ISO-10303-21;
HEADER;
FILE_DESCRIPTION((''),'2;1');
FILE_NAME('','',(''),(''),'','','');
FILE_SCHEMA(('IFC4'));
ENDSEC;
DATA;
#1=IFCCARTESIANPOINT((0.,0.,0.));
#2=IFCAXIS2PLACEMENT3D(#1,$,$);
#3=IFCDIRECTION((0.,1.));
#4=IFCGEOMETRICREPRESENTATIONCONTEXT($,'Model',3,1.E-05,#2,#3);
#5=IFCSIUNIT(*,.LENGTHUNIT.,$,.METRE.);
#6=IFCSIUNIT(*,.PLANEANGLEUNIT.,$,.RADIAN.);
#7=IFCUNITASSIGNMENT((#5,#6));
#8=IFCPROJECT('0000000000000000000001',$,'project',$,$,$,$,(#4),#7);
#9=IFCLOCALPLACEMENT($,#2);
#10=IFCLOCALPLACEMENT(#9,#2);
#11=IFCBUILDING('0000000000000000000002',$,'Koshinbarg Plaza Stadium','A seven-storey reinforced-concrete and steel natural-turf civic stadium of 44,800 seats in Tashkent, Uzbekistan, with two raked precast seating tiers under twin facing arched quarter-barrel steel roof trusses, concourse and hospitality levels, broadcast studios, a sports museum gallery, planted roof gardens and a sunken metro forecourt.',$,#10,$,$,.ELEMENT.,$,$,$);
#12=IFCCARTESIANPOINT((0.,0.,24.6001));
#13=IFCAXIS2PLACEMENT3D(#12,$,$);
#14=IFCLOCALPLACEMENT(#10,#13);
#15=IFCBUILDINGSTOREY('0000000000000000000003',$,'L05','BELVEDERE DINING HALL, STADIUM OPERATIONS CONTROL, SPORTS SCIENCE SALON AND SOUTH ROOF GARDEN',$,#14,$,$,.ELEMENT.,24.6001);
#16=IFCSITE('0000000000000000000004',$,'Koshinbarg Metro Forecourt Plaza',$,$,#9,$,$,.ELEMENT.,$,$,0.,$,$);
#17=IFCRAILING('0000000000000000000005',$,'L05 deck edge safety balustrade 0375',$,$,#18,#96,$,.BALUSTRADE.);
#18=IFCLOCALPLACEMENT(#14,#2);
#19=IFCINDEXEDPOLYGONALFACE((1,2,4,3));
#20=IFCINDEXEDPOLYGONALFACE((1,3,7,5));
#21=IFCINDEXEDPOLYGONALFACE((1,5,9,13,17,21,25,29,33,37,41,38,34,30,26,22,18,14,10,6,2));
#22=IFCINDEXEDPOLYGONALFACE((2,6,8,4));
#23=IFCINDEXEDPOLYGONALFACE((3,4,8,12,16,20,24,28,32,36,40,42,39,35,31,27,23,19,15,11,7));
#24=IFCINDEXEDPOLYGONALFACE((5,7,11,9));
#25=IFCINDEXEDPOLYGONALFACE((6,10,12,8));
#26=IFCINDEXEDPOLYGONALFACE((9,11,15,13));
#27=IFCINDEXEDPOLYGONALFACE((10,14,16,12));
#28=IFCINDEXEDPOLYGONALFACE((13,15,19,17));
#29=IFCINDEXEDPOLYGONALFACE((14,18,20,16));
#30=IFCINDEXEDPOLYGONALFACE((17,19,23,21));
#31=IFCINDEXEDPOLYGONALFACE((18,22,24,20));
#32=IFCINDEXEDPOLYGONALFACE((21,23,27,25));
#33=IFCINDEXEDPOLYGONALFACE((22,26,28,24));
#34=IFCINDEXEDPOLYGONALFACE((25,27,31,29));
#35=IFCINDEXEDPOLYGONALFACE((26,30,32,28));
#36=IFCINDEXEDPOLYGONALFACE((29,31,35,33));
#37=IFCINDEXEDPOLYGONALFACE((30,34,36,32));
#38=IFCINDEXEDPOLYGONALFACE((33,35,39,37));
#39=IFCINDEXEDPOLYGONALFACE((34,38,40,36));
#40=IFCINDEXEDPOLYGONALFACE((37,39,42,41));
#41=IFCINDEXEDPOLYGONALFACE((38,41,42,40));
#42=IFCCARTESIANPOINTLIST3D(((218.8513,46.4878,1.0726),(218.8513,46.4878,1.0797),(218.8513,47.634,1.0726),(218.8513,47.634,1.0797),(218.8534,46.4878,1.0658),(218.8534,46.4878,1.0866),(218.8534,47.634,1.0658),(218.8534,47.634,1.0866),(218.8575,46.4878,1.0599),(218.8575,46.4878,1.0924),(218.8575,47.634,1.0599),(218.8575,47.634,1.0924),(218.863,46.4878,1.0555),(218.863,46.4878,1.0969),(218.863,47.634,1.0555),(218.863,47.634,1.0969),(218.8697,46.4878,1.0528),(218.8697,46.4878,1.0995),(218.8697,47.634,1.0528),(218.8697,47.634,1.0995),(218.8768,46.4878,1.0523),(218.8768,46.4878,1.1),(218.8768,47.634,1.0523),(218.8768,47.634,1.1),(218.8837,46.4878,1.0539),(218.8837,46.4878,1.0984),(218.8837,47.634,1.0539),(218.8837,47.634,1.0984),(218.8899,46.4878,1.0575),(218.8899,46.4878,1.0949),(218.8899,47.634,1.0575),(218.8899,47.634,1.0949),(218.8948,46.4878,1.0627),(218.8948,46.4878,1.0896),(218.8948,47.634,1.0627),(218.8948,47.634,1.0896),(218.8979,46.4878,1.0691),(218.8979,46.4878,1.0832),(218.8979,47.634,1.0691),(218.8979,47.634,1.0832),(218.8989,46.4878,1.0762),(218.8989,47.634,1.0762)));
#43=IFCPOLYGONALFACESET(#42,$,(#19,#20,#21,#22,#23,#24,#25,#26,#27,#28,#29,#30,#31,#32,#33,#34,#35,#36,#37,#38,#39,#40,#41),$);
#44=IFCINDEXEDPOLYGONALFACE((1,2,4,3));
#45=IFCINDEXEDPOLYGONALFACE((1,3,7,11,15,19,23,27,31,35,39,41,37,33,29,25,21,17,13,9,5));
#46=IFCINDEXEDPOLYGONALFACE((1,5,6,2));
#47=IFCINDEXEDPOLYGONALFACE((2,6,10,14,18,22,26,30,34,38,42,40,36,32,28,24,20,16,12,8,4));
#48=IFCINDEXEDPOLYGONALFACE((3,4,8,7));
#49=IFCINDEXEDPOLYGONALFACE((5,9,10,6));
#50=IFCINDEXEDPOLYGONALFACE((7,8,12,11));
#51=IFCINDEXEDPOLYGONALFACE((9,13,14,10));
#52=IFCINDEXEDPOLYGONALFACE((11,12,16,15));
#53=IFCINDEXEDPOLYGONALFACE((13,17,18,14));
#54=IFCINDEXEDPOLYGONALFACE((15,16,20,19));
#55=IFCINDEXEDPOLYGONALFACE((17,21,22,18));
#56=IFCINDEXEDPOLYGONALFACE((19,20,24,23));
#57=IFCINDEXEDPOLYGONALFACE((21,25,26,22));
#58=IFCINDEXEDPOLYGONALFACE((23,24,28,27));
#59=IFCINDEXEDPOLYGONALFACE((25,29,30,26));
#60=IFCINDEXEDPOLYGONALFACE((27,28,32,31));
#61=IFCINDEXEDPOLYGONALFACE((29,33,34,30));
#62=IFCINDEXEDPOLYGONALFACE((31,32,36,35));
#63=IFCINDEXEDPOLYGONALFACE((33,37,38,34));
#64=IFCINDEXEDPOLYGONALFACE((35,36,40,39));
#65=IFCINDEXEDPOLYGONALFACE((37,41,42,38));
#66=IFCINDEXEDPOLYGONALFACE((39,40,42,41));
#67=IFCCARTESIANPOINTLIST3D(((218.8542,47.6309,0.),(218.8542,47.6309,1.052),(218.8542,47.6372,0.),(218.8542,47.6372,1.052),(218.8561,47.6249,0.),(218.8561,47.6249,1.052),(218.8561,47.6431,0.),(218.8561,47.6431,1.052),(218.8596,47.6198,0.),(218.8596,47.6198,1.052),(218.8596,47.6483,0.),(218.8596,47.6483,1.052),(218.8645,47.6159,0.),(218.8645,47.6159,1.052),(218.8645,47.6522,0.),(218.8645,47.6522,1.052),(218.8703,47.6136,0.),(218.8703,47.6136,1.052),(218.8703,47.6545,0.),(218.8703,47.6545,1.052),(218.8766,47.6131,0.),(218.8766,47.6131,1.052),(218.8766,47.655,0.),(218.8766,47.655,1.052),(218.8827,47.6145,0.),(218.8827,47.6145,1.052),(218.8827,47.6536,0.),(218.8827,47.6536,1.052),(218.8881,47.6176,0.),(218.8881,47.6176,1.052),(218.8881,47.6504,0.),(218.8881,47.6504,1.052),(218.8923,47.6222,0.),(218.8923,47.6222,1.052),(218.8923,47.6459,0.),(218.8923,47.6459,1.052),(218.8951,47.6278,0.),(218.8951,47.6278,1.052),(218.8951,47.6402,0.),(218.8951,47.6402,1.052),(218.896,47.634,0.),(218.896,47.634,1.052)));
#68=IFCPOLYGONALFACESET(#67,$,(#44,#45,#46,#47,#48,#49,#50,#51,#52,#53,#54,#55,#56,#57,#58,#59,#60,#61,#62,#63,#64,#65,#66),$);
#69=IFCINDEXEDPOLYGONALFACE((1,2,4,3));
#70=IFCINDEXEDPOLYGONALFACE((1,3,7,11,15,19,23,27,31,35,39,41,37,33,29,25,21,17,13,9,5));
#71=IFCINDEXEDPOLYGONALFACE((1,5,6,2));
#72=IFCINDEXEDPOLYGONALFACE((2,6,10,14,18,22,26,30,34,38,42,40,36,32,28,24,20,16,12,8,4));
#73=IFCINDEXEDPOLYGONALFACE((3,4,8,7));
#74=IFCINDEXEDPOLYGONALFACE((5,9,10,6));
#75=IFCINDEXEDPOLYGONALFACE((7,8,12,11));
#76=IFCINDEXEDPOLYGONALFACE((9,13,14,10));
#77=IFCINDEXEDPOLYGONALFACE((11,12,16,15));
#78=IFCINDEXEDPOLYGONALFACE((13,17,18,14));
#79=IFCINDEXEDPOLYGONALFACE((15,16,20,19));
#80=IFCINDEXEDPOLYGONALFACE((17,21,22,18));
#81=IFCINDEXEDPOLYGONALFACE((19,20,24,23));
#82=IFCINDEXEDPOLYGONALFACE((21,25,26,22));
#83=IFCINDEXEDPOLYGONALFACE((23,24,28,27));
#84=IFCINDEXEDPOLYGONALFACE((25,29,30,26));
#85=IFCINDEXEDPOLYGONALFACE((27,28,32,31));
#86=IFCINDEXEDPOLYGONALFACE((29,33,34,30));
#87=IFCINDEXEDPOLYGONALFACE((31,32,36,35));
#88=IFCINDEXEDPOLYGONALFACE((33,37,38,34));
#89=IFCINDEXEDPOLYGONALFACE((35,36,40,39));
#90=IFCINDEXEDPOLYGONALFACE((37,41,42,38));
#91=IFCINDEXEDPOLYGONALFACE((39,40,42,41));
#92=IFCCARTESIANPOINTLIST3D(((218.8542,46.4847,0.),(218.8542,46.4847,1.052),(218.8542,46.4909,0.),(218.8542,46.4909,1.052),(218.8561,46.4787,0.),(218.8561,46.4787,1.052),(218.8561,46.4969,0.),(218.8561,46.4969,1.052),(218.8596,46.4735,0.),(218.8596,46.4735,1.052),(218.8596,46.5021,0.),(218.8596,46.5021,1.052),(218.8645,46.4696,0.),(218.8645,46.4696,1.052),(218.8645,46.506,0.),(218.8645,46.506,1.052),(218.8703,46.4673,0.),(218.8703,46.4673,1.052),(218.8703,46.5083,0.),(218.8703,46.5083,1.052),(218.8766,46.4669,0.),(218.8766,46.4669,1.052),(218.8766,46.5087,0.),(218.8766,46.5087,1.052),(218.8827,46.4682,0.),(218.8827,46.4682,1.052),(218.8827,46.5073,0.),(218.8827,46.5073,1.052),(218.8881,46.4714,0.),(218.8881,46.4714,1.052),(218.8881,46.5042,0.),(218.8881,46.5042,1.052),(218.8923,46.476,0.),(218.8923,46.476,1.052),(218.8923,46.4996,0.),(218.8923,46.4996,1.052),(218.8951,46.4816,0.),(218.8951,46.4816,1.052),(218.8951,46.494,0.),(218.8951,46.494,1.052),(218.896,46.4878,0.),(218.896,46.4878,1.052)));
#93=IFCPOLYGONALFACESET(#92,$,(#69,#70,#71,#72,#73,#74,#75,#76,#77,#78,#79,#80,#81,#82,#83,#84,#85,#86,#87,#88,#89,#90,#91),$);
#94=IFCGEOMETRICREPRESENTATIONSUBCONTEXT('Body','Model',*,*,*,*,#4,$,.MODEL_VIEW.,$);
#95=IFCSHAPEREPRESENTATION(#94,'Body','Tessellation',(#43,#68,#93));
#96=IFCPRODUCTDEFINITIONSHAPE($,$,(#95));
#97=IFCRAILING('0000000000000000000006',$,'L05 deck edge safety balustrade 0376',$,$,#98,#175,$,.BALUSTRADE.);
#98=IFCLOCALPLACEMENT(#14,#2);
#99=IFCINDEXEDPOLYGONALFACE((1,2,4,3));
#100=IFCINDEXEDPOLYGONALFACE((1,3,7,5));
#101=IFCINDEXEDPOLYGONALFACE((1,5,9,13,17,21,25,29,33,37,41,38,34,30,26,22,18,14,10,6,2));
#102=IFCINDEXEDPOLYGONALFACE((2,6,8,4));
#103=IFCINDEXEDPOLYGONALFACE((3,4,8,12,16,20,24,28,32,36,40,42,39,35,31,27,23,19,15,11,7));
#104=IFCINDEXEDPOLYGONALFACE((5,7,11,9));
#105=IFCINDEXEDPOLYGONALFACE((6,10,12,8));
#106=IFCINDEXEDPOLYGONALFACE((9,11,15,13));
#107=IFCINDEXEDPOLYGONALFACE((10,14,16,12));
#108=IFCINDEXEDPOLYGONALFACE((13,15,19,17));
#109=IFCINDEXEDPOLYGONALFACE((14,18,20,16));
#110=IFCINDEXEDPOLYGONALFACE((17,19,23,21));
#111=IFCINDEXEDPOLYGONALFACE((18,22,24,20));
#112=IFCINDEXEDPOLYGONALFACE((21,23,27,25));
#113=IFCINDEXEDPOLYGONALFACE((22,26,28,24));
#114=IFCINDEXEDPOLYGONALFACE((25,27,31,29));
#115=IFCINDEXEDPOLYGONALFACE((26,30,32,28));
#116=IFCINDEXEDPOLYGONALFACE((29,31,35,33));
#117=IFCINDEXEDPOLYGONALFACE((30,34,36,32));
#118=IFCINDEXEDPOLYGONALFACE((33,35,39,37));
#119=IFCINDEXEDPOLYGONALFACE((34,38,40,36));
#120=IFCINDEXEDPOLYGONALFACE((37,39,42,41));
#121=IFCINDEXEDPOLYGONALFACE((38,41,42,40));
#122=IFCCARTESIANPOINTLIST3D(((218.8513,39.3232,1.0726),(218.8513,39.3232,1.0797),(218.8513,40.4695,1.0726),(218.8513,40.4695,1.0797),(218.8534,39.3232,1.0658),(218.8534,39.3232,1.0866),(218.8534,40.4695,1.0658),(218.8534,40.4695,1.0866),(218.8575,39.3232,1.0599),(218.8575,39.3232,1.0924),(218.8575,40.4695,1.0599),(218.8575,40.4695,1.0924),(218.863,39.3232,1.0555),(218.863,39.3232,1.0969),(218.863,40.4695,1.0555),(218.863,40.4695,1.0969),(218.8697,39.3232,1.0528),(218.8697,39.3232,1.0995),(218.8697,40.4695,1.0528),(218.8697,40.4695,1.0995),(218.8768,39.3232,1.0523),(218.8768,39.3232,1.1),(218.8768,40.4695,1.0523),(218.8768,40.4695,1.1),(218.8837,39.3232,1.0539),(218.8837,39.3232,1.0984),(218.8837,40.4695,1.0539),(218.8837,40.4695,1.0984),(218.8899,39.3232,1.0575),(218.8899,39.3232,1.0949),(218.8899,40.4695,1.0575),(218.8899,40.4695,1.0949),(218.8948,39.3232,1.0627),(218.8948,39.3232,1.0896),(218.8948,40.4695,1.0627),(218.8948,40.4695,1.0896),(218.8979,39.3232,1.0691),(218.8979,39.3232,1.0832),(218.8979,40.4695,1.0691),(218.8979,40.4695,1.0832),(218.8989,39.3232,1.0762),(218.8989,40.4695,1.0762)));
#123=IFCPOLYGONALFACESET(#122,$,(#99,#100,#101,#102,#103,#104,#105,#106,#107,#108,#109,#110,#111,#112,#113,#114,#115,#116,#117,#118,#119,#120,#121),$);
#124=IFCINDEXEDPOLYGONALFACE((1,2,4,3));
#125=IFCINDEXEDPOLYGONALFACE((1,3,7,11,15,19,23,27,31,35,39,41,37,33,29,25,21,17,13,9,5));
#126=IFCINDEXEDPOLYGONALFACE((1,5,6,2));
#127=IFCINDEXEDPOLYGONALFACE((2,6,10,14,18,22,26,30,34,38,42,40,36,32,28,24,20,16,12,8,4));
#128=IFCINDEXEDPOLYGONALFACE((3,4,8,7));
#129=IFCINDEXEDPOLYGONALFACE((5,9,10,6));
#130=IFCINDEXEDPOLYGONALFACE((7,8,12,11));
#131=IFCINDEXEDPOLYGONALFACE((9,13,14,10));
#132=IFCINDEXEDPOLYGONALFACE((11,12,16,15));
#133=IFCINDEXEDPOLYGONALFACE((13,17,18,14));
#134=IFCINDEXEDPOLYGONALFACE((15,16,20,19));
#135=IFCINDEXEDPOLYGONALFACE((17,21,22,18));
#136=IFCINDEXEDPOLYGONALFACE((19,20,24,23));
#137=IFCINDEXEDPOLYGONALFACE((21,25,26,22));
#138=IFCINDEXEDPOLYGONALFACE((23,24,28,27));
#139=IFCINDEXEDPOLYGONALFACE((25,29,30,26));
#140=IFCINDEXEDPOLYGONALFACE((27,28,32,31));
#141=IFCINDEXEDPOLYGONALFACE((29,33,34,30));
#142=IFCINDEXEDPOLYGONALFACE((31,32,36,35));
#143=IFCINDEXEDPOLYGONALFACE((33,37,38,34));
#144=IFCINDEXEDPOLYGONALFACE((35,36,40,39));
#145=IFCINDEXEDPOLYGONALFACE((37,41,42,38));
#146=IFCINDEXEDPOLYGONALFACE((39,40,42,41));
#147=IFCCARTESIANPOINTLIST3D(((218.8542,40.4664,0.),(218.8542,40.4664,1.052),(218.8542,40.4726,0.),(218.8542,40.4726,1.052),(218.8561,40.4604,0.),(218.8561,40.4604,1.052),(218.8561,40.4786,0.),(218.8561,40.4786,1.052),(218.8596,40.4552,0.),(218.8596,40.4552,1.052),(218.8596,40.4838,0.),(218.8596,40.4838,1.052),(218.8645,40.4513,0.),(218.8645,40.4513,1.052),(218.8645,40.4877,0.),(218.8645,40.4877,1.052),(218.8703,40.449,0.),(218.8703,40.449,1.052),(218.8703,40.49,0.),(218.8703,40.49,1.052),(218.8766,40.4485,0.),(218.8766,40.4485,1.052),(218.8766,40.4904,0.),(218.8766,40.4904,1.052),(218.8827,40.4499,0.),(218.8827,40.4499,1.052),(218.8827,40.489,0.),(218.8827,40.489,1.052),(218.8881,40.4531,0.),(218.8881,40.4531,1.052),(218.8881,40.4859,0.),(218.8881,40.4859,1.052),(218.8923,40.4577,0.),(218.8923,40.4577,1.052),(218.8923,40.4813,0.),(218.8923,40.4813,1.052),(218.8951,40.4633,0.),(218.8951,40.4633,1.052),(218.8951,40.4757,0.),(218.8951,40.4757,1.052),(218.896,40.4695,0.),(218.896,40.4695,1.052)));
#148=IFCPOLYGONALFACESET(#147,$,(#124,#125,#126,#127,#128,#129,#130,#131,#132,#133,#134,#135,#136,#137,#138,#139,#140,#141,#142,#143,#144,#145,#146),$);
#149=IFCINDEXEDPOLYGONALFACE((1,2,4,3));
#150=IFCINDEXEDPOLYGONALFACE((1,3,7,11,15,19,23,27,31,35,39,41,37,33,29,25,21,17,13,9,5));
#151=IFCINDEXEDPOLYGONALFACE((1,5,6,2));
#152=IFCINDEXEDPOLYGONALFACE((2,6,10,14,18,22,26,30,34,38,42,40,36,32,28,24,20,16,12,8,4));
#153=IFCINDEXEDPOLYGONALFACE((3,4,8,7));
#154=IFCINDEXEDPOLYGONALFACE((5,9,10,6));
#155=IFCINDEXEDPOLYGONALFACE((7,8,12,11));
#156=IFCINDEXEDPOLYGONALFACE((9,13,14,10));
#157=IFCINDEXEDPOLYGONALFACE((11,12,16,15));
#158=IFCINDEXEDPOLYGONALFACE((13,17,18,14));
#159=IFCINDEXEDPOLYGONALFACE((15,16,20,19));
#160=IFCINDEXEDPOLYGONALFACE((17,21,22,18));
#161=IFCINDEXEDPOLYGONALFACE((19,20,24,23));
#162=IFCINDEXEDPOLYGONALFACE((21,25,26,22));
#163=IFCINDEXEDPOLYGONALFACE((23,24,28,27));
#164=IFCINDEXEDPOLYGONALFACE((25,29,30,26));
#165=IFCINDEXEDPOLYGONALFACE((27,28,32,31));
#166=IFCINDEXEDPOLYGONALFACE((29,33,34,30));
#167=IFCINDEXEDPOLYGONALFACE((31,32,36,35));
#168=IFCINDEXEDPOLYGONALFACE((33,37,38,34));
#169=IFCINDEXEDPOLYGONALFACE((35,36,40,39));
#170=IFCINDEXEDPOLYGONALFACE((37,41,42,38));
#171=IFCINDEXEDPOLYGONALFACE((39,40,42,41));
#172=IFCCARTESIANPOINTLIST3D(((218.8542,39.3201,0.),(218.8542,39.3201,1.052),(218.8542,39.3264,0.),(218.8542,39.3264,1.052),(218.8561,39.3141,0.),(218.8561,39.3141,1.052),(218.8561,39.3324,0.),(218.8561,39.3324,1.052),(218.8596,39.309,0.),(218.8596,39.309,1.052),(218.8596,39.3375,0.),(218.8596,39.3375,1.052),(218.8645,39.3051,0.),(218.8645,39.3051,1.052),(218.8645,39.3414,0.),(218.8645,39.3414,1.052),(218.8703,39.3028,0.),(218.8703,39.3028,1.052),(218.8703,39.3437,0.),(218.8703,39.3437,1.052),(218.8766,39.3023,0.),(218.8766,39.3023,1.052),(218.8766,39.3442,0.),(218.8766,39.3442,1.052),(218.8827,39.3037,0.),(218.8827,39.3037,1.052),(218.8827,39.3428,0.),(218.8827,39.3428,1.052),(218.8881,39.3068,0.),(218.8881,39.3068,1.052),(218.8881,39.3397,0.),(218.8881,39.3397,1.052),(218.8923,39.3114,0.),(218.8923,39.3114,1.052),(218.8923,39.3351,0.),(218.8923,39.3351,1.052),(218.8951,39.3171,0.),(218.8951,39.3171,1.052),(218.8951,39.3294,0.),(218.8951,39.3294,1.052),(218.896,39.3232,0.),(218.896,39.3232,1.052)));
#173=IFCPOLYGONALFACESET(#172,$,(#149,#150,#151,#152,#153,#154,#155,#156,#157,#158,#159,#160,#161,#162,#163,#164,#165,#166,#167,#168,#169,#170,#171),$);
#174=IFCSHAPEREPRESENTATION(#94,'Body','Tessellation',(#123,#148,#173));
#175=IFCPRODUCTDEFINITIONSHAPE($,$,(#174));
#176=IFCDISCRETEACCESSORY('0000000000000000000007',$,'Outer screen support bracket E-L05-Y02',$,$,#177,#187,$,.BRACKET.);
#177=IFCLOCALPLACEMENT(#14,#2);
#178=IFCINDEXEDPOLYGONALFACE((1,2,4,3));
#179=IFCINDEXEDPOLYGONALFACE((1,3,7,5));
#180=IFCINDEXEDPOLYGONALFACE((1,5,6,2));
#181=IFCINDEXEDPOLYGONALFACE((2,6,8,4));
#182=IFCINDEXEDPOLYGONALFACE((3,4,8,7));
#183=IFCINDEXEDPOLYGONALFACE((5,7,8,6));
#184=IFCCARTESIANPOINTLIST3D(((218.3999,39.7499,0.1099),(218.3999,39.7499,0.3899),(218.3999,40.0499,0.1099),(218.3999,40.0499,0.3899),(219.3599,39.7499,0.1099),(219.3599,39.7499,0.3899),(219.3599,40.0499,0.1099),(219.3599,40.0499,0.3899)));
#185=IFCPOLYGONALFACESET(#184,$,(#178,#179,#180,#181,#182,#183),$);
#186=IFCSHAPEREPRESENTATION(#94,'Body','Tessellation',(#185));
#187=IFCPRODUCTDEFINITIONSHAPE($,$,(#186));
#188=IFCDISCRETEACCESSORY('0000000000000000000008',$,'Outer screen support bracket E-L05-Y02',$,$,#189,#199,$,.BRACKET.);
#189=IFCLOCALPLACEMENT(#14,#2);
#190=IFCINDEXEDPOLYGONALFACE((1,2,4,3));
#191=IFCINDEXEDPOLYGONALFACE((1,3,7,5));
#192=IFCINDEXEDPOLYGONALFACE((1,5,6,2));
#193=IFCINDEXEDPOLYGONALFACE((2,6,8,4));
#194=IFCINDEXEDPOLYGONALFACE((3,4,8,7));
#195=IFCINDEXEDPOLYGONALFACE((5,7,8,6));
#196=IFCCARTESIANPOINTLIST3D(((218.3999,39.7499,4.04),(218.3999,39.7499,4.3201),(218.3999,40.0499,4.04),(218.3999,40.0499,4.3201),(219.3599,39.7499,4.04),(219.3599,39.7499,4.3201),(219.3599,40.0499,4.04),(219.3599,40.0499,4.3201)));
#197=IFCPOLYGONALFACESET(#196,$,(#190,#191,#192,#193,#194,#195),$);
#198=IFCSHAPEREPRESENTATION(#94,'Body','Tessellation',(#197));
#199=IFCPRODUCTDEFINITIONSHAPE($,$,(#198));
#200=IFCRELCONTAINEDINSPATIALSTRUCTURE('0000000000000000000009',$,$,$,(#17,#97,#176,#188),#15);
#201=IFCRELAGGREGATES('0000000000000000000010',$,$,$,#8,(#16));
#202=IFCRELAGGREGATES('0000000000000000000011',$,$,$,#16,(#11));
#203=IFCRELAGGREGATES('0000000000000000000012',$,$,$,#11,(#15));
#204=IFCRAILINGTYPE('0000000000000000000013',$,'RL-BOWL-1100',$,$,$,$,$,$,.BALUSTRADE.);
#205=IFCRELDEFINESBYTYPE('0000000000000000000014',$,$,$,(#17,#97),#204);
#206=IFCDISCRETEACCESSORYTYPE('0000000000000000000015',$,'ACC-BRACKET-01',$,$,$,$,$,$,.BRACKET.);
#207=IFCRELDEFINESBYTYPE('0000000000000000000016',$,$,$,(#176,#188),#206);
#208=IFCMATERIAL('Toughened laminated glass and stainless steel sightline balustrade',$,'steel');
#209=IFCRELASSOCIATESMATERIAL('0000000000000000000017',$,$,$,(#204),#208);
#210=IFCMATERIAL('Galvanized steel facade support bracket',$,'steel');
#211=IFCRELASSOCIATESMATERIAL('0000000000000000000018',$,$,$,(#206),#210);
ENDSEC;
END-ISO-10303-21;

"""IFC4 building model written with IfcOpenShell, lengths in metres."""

from ifc_helpers import new_model, si_unit, direction, frame, origin, origin_2d, place, context, subcontext, project, spatial, rectangle, circle, extrude, material, type_object, element, save


model = new_model("IFC4")

# Units and contexts
model_context = context("Model", 3, precision=1e-05, world=origin(), true_north=direction((0.0, 1.0)))
body_context = subcontext(model_context, "Body", "Model", "MODEL_VIEW")
ifc_project = project(units=[si_unit("LENGTHUNIT", "METRE"), si_unit("PLANEANGLEUNIT", "RADIAN")], contexts=[model_context])

# Site, building, storey
site_placement = place(None, origin())
site = spatial("IfcSite", under=ifc_project, at=site_placement, Name="Koshinbarg Metro Forecourt Plaza", CompositionType="ELEMENT", RefElevation=0.0)
building_placement = place(site_placement, origin())
building = spatial("IfcBuilding", under=site, at=building_placement, Name="Koshinbarg Plaza Stadium", Description="A seven-storey reinforced-concrete and steel natural-turf civic stadium of 44,800 seats in Tashkent, Uzbekistan, with two raked precast seating tiers under twin facing arched quarter-barrel steel roof trusses, concourse and hospitality levels, broadcast studios, a sports museum gallery, planted roof gardens and a sunken metro forecourt.", CompositionType="ELEMENT")
storey_placement = place(building_placement, frame((0.0, 0.0, 24.6001)))
storey = spatial("IfcBuildingStorey", under=building, at=storey_placement, Name="L05", Description="BELVEDERE DINING HALL, STADIUM OPERATIONS CONTROL, SPORTS SCIENCE SALON AND SOUTH ROOF GARDEN", CompositionType="ELEMENT", Elevation=24.6001)

# Railings
ifc_material_1 = material(Name="Toughened laminated glass and stainless steel sightline balustrade", Category="steel")
railing_type = type_object("IfcRailingType", Name="RL-BOWL-1100", PredefinedType="BALUSTRADE", material=ifc_material_1)
for number, where, name in (
    (1, (218.875, 47.634, 0.0), "L05 deck edge safety balustrade 0375"),
    (2, (218.875, 40.4695, 0.0), "L05 deck edge safety balustrade 0376"),
):
    element("IfcRailing", number, at=place(storey_placement, frame(where)), inside=storey, type_object=railing_type, Name=name, PredefinedType="BALUSTRADE", context=body_context, shape_type="SweptSolid", body=[
        extrude(circle(Radius=0.0239, at=origin_2d()), frame((0.0, 0.0, 1.0762), z_axis=(0.0, -1.0, 0.0), x_axis=(1.0, 0.0, 0.0)), (0.0, 0.0, 1.0), 1.1462),
        extrude(circle(Radius=0.021, at=origin_2d()), origin(), (0.0, 0.0, 1.0), 1.052),
        extrude(circle(Radius=0.021, at=origin_2d()), frame((0.0, -1.1462, 0.0)), (0.0, 0.0, 1.0), 1.052),
    ])

# Discrete accessories
ifc_material_2 = material(Name="Galvanized steel facade support bracket", Category="steel")
discrete_accessory_type = type_object("IfcDiscreteAccessoryType", Name="ACC-BRACKET-01", PredefinedType="BRACKET", material=ifc_material_2)
for number, where, z_axis, x_axis, name in (
    (3, (218.8799, 39.8999, 0.1099), (0.0, 0.0, 1.0), (1.0, 0.0, 0.0), "Outer screen support bracket E-L05-Y02"),
    (4, (218.8799, 39.8999, 4.04), (0.0, 0.0, 1.0), (1.0, 0.0, 0.0), "Outer screen support bracket E-L05-Y02"),
):
    element("IfcDiscreteAccessory", number, at=place(storey_placement, frame(where, z_axis=z_axis, x_axis=x_axis)), inside=storey, type_object=discrete_accessory_type, Name=name, PredefinedType="BRACKET", context=body_context, shape_type="SweptSolid", body=[
        extrude(rectangle(XDim=0.96, YDim=0.3, at=origin_2d()), origin(), (0.0, 0.0, 1.0), 0.28),
    ])

save(model, "model.ifc")
